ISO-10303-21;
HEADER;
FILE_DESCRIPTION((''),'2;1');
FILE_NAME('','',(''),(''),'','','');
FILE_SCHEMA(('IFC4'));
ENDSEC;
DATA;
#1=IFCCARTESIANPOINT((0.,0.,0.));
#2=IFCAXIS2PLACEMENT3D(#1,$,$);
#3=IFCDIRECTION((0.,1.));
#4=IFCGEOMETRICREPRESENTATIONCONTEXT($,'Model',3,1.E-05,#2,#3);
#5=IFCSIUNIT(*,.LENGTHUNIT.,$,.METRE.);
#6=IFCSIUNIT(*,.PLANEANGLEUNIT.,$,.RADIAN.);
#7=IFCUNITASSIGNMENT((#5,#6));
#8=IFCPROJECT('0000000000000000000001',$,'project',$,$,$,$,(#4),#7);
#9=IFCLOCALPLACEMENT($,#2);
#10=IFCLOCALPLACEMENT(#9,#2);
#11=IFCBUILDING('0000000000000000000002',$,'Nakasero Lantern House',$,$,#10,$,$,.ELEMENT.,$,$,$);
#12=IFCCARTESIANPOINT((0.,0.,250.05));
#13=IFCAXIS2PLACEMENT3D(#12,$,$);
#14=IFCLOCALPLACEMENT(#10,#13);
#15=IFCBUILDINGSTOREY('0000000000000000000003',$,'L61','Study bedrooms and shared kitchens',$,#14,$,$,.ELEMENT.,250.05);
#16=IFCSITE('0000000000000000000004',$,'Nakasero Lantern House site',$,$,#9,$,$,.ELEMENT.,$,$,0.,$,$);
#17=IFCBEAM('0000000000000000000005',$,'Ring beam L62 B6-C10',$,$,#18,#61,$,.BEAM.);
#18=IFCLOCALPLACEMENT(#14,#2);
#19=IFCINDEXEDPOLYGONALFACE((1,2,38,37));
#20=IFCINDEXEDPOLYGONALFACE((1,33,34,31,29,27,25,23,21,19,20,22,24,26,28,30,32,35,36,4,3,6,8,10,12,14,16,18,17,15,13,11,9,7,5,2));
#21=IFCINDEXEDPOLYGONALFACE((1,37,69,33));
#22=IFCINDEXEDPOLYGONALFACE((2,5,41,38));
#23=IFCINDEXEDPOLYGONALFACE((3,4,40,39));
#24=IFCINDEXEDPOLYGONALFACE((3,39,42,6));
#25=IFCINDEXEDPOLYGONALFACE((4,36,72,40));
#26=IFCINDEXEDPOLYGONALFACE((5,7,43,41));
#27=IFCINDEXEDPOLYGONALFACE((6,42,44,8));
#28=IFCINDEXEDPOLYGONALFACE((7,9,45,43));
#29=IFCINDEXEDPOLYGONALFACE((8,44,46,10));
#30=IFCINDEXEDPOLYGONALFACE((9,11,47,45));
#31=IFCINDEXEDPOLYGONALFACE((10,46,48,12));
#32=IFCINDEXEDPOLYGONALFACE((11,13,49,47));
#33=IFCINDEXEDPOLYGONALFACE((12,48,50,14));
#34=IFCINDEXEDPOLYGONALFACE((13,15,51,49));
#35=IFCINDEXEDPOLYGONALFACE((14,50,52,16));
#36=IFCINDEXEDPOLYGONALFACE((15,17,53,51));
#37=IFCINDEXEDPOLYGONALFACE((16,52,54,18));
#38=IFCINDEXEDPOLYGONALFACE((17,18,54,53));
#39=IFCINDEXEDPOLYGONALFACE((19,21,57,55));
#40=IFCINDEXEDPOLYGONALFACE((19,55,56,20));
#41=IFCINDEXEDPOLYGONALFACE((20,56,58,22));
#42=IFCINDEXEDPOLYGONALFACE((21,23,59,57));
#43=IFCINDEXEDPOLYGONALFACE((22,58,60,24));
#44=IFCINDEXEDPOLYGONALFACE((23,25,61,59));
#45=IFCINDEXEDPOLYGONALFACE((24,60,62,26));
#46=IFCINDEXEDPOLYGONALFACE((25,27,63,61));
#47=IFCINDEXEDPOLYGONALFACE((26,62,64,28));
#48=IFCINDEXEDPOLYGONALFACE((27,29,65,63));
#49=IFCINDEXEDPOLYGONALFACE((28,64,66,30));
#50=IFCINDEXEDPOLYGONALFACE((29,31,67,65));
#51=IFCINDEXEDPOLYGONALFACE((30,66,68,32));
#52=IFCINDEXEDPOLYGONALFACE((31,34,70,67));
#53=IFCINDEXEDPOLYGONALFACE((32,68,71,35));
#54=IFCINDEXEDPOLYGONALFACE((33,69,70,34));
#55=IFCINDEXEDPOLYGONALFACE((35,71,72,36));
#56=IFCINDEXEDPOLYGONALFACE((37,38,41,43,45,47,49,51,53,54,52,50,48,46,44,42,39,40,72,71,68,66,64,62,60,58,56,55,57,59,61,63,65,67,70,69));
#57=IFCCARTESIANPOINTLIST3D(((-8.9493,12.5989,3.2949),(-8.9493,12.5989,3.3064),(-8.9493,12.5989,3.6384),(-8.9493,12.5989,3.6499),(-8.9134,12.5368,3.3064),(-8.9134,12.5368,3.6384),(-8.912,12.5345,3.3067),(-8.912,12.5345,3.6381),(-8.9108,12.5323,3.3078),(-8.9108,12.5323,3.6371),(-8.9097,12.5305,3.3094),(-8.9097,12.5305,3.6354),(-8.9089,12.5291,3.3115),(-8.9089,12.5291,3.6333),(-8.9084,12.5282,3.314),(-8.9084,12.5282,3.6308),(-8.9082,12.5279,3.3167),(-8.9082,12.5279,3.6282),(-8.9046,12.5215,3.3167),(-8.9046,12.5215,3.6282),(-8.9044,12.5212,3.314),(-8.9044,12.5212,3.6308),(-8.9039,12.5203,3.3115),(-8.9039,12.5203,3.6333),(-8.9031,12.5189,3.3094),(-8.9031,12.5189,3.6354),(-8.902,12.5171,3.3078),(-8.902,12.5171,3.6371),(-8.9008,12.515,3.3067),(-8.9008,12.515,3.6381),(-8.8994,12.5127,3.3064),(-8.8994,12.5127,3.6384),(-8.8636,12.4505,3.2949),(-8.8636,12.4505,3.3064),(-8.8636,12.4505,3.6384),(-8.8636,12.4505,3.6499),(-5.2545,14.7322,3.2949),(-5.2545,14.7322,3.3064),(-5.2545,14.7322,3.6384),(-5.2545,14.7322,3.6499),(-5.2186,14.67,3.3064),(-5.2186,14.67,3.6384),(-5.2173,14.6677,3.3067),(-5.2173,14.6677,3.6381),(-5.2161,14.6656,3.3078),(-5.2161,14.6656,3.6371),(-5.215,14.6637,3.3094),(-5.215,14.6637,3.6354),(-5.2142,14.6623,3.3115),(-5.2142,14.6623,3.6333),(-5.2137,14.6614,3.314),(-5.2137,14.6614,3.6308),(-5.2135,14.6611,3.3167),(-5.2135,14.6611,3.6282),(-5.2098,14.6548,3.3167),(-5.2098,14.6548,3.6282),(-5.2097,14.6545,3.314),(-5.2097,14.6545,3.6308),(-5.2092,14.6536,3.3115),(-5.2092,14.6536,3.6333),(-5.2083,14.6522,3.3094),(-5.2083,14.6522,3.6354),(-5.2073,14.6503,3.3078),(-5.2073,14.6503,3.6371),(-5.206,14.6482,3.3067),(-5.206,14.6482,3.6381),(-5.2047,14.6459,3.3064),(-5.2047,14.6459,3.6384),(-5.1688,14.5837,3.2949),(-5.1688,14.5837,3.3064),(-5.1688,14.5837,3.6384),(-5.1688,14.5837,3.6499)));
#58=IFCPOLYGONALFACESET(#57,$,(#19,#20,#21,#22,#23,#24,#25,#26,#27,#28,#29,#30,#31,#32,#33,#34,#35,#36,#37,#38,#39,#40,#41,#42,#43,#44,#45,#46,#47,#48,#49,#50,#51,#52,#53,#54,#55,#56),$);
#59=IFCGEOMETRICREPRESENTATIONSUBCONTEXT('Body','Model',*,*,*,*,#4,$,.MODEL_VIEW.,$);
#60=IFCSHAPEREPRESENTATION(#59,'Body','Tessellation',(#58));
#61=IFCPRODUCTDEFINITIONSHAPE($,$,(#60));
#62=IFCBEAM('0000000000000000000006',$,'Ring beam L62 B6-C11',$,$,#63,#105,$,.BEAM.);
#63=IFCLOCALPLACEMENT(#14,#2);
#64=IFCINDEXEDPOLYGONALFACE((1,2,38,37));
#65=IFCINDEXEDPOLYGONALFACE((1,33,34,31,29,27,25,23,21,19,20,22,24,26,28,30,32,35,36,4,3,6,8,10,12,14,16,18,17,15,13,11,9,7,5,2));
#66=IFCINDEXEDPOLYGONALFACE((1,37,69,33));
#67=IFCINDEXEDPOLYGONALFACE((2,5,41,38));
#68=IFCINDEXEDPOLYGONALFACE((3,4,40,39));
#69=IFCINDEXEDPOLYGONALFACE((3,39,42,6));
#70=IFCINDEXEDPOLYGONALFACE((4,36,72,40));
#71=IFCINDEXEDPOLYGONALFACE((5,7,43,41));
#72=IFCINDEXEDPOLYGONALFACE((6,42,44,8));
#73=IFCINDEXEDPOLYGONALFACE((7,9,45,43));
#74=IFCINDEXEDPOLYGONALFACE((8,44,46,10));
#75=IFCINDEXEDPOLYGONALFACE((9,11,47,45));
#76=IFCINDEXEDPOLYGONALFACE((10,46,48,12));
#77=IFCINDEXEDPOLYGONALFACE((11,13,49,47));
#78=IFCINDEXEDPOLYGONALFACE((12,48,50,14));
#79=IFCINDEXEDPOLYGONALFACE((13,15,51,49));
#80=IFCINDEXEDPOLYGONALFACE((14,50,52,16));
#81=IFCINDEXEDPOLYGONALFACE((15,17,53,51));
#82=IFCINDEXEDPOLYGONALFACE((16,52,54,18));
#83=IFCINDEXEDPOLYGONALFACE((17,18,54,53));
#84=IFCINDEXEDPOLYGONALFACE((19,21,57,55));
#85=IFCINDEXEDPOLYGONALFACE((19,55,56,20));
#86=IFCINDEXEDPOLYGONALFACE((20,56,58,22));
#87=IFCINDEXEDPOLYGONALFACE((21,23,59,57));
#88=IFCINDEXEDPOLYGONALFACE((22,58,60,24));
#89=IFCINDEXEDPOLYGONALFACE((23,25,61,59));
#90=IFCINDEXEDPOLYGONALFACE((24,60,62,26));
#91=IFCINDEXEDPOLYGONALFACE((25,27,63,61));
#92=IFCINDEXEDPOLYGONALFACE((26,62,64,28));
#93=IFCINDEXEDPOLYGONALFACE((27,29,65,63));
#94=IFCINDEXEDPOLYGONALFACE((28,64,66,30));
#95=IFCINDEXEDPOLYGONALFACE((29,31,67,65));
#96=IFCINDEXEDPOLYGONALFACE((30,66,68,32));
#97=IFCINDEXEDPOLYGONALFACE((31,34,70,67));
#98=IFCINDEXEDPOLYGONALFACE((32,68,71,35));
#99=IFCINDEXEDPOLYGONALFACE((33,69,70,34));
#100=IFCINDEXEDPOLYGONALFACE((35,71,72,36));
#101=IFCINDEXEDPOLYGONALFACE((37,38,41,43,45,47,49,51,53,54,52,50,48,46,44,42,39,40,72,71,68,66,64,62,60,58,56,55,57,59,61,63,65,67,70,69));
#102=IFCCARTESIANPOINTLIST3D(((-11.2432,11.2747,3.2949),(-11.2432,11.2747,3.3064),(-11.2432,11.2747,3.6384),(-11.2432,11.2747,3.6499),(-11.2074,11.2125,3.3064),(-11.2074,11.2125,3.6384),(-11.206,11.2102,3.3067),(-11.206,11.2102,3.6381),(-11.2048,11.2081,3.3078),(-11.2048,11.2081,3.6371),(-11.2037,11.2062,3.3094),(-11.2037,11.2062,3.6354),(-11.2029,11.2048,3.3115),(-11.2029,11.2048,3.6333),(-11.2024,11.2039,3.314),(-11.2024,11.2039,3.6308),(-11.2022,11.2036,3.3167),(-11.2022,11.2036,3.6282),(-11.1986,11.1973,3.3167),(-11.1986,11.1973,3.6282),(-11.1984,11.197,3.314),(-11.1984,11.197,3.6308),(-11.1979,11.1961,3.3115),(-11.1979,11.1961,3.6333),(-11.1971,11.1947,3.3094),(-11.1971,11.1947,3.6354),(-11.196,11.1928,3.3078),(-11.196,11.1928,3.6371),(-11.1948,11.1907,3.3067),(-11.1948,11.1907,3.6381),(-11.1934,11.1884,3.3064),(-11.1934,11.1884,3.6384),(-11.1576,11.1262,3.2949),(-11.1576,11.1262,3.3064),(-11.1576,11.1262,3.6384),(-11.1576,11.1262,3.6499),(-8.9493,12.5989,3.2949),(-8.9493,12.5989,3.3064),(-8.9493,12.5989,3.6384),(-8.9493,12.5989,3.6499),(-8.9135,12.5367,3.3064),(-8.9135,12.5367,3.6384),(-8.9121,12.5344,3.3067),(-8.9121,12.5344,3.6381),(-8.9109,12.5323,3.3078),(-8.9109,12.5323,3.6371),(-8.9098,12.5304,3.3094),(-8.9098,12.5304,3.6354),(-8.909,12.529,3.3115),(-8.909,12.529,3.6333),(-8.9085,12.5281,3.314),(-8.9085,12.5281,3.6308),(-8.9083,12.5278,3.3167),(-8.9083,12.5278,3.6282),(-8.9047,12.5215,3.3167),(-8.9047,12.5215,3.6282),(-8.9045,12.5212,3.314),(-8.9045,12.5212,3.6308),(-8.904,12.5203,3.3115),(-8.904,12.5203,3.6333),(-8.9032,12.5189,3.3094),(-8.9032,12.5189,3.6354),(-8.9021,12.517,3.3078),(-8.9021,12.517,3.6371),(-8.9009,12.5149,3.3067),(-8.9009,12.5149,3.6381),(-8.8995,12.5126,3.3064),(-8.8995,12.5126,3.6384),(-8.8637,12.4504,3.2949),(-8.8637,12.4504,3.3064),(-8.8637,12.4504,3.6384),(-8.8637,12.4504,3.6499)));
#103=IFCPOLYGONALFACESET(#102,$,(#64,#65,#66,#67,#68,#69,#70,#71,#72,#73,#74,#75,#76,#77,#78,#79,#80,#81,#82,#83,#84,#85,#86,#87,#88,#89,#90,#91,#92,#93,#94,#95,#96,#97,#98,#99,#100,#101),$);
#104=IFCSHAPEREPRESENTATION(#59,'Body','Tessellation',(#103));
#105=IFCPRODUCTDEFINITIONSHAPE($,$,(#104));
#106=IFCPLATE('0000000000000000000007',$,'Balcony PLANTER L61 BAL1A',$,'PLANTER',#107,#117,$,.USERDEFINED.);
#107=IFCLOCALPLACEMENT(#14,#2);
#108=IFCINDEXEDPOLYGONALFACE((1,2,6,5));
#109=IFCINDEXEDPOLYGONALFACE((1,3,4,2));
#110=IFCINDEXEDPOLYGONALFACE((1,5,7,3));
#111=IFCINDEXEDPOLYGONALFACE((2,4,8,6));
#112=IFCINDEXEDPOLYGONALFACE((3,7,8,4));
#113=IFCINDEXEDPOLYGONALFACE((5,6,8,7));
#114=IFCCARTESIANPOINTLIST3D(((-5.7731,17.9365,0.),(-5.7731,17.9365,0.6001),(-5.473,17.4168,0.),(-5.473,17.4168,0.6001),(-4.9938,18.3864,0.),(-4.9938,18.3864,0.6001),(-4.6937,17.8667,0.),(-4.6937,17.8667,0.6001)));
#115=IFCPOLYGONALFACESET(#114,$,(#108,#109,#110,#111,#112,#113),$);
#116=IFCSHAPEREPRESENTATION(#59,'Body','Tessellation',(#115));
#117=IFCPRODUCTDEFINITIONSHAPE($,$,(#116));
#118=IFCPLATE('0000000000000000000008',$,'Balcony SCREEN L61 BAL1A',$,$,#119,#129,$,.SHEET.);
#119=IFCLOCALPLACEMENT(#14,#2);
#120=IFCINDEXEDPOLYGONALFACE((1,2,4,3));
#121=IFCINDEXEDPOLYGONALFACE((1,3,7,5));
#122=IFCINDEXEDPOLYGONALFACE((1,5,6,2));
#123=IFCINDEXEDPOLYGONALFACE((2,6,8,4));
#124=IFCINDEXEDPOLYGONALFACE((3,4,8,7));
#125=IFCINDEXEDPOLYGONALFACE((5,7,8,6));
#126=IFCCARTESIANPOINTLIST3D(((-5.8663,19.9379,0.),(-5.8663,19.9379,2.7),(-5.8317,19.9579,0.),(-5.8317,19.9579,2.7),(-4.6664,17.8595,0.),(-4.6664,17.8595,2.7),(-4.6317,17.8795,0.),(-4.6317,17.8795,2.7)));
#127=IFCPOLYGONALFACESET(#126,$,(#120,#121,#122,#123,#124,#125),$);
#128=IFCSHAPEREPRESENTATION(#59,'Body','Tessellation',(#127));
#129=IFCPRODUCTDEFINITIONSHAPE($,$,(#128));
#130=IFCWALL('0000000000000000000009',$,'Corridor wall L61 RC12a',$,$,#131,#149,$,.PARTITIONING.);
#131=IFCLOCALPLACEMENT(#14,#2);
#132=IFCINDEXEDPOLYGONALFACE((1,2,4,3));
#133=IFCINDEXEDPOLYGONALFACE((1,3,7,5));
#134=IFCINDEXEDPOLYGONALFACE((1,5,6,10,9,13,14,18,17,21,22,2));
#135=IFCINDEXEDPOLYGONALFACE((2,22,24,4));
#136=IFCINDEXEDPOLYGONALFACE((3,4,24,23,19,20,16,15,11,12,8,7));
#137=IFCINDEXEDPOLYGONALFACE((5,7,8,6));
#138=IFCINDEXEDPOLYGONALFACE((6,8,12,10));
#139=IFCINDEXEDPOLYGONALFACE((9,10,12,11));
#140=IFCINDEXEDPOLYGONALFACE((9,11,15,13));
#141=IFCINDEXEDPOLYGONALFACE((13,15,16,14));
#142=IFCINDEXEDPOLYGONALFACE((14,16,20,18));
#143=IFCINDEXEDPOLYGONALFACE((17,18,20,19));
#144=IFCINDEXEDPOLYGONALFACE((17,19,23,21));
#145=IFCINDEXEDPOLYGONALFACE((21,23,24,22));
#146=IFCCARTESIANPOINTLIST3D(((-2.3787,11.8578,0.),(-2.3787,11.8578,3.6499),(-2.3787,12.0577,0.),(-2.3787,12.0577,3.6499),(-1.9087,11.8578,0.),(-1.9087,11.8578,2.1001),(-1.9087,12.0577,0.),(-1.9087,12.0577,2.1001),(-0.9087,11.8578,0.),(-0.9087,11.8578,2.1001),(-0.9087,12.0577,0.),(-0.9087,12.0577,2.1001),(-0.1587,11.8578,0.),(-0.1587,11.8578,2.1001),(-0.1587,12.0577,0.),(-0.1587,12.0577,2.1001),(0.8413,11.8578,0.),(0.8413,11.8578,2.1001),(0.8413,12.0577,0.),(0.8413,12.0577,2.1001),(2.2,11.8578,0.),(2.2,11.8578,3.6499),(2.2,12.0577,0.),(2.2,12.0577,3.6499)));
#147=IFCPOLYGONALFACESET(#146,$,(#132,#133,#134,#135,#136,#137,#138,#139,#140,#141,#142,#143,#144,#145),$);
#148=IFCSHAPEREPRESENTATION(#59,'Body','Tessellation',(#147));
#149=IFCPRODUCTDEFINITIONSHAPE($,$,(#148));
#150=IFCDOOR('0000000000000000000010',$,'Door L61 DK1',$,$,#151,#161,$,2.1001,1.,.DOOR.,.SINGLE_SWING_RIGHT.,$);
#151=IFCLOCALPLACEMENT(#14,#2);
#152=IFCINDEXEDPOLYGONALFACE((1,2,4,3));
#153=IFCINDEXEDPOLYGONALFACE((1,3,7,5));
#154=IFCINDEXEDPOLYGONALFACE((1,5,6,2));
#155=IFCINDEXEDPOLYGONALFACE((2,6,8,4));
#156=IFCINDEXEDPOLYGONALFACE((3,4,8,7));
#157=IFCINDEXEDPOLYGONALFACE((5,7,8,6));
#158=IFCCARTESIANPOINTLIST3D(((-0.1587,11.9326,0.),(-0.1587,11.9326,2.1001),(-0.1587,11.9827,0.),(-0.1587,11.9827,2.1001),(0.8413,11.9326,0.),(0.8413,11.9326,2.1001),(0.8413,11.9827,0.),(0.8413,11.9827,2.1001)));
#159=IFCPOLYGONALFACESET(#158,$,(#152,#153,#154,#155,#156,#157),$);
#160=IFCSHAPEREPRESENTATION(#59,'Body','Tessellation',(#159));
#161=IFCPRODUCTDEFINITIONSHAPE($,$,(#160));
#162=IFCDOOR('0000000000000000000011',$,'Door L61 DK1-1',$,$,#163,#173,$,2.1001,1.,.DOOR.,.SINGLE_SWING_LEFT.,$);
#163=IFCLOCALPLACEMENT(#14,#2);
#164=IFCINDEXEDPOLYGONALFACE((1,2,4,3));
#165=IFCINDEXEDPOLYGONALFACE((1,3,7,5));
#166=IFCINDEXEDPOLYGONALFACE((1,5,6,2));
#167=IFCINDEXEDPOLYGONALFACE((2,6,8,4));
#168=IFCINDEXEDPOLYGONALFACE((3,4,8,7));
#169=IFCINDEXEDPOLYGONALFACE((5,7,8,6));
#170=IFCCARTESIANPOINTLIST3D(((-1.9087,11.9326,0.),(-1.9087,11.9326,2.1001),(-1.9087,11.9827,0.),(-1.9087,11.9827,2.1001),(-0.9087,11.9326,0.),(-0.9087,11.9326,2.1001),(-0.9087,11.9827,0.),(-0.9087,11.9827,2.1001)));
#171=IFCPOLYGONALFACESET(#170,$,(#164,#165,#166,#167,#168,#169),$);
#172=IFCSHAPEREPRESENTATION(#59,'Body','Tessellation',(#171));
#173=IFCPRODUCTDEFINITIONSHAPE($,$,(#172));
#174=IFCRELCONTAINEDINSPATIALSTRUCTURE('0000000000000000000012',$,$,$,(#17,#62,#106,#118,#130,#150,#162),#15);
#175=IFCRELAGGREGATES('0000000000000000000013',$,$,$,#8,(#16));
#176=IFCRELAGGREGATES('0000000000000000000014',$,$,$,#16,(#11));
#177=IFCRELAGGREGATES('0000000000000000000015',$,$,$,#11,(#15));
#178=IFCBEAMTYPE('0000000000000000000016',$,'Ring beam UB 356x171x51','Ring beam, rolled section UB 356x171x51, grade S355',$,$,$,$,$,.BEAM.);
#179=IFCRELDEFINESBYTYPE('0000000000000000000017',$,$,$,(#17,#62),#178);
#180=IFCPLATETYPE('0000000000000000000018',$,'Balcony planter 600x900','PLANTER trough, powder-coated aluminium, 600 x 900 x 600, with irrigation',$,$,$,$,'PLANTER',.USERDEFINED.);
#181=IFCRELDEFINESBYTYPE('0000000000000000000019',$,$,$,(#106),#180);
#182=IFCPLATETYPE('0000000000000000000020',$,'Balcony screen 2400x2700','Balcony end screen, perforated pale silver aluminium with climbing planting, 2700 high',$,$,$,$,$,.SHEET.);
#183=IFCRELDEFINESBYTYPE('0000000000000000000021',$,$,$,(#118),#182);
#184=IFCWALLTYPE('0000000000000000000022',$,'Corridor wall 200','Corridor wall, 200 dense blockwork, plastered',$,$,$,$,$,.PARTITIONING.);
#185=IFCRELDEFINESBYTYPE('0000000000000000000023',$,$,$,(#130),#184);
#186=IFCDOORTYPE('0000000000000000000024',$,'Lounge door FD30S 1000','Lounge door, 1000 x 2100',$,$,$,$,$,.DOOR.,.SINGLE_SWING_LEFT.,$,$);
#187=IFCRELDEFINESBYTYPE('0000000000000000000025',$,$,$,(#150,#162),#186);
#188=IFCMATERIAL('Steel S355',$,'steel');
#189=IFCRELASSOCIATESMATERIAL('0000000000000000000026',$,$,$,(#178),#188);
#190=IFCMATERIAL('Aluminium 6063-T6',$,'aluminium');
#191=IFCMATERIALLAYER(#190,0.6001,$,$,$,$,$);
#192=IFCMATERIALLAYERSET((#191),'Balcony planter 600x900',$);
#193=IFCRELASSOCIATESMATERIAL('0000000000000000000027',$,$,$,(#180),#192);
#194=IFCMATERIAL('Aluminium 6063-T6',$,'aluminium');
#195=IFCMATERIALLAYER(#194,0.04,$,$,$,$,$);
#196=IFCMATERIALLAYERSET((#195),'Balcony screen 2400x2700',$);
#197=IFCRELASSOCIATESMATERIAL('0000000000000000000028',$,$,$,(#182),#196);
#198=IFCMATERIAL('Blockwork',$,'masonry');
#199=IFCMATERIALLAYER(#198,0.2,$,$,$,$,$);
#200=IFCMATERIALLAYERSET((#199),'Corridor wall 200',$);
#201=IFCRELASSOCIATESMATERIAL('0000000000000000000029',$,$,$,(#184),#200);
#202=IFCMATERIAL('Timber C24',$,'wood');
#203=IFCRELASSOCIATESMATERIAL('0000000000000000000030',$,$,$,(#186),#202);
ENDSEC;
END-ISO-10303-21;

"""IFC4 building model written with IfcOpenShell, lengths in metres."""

from ifc_helpers import new_model, si_unit, direction, frame, frame_2d, origin, origin_2d, place, context, subcontext, project, spatial, rectangle, i_section, extrude, material, layer, layer_set, material_profile, profile_set, type_object, element, fill, save


model = new_model("IFC4")

# Units and contexts
model_context = context("Model", 3, precision=1e-05, world=origin(), true_north=direction((0.0, 1.0)))
body_context = subcontext(model_context, "Body", "Model", "MODEL_VIEW")
ifc_project = project(units=[si_unit("LENGTHUNIT", "METRE"), si_unit("PLANEANGLEUNIT", "RADIAN")], contexts=[model_context])

# Site, building, storey
site_placement = place(None, origin())
site = spatial("IfcSite", under=ifc_project, at=site_placement, Name="Nakasero Lantern House site", CompositionType="ELEMENT", RefElevation=0.0)
building_placement = place(site_placement, origin())
building = spatial("IfcBuilding", under=site, at=building_placement, Name="Nakasero Lantern House", CompositionType="ELEMENT")
storey_placement = place(building_placement, frame((0.0, 0.0, 250.05)))
storey = spatial("IfcBuildingStorey", under=building, at=storey_placement, Name="L61", Description="Study bedrooms and shared kitchens", CompositionType="ELEMENT", Elevation=250.05)

# Beams
ifc_material_1 = material(Name="Steel S355", Category="steel")
ifc_material_profile_1 = material_profile(ifc_material_1, i_section(OverallWidth=0.1714, OverallDepth=0.355, WebThickness=0.0073, FlangeThickness=0.0115, FilletRadius=0.0103, at=origin_2d()), Name="UB 356x171x51")
ifc_profile_set_1 = profile_set([ifc_material_profile_1], Name="Steel S355")
beam_type_1 = type_object("IfcBeamType", Name="Ring beam UB 356x171x51", Description="Ring beam, rolled section UB 356x171x51, grade S355", PredefinedType="BEAM", material=ifc_profile_set_1)
beam_1_placement = place(storey_placement, frame((-5.2117, 14.658, 3.4724), z_axis=(-0.866016, -0.500016, 0.0), x_axis=(0.500016, -0.866016, 0.0)))
element("IfcBeam", 1, at=beam_1_placement, inside=storey, type_object=beam_type_1, Name="Ring beam L62 B6-C10", PredefinedType="BEAM", context=body_context, shape_type="SweptSolid", body=[
    extrude(i_section(OverallWidth=0.1714, OverallDepth=0.355, WebThickness=0.0073, FlangeThickness=0.0115, FilletRadius=0.0103, at=origin_2d()), origin(), (0.0, 0.0, 1.0), 4.2664),
])
beam_2_placement = place(storey_placement, frame((-8.9065, 12.5247, 3.4724), z_axis=(-0.866057, -0.499946, 0.0), x_axis=(0.499946, -0.866057, 0.0)))
element("IfcBeam", 2, at=beam_2_placement, inside=storey, type_object=beam_type_1, Name="Ring beam L62 B6-C11", PredefinedType="BEAM", context=body_context, shape_type="SweptSolid", body=[
    extrude(i_section(OverallWidth=0.1714, OverallDepth=0.355, WebThickness=0.0073, FlangeThickness=0.0115, FilletRadius=0.0103, at=origin_2d()), origin(), (0.0, 0.0, 1.0), 2.6487),
])

# Plates
ifc_material_2 = material(Name="Aluminium 6063-T6", Category="aluminium")
ifc_layer_1 = layer(ifc_material_2, 0.6001)
ifc_layer_set_1 = layer_set([ifc_layer_1], Name="Balcony planter 600x900")
plate_type_1 = type_object("IfcPlateType", Name="Balcony planter 600x900", Description="PLANTER trough, powder-coated aluminium, 600 x 900 x 600, with irrigation", ElementType="PLANTER", PredefinedType="USERDEFINED", material=ifc_layer_set_1)
plate_1_placement = place(storey_placement, frame((-5.2334, 17.9016, 0.0), z_axis=(0.0, 0.0, 1.0), x_axis=(-0.5, 0.866025, 0.0)))
element("IfcPlate", 3, at=plate_1_placement, inside=storey, type_object=plate_type_1, Name="Balcony PLANTER L61 BAL1A", ObjectType="PLANTER", PredefinedType="USERDEFINED", context=body_context, shape_type="SweptSolid", body=[
    extrude(rectangle(XDim=0.6001, YDim=0.8999, at=origin_2d()), origin(), (0.0, 0.0, 1.0), 0.6001),
])
ifc_material_3 = material(Name="Aluminium 6063-T6", Category="aluminium")
ifc_layer_2 = layer(ifc_material_3, 0.04)
ifc_layer_set_2 = layer_set([ifc_layer_2], Name="Balcony screen 2400x2700")
plate_type_2 = type_object("IfcPlateType", Name="Balcony screen 2400x2700", Description="Balcony end screen, perforated pale silver aluminium with climbing planting, 2700 high", PredefinedType="SHEET", material=ifc_layer_set_2)
plate_2_placement = place(storey_placement, frame((-5.249, 18.9087, 0.0), z_axis=(0.0, 0.0, 1.0), x_axis=(-0.5, 0.866025, 0.0)))
element("IfcPlate", 4, at=plate_2_placement, inside=storey, type_object=plate_type_2, Name="Balcony SCREEN L61 BAL1A", PredefinedType="SHEET", context=body_context, shape_type="SweptSolid", body=[
    extrude(rectangle(XDim=2.3999, YDim=0.04, at=origin_2d()), origin(), (0.0, 0.0, 1.0), 2.7),
])

# Wall, openings, doors
ifc_material_4 = material(Name="Blockwork", Category="masonry")
ifc_layer_3 = layer(ifc_material_4, 0.2)
ifc_layer_set_3 = layer_set([ifc_layer_3], Name="Corridor wall 200")
wall_type_1 = type_object("IfcWallType", Name="Corridor wall 200", Description="Corridor wall, 200 dense blockwork, plastered", PredefinedType="PARTITIONING", material=ifc_layer_set_3)
wall_1_placement = place(storey_placement, frame((-2.3787, 11.9578, 0.0), z_axis=(0.0, 0.0, 1.0), x_axis=(1.0, 0.0, 0.0)))
wall_1 = element("IfcWall", 5, at=wall_1_placement, inside=storey, type_object=wall_type_1, Name="Corridor wall L61 RC12a", PredefinedType="PARTITIONING", context=body_context, shape_type="SweptSolid", body=[
    extrude(rectangle(XDim=4.5786, YDim=0.2, at=frame_2d((2.2893, 0.0))), origin(), (0.0, 0.0, 1.0), 3.6499),
])
opening_1_placement = place(wall_1_placement, frame((2.22, 0.0, 0.0)))
opening_1 = element("IfcOpeningElement", 6, at=opening_1_placement, cuts=wall_1, PredefinedType="OPENING", context=body_context, shape_type="SweptSolid", body=[
    extrude(rectangle(XDim=1.0, YDim=2.1001, at=frame_2d((0.5, 1.05))), frame((0.0, 0.1199, 0.0), z_axis=(0.0, -1.0, 0.0), x_axis=(1.0, 0.0, 0.0)), (0.0, 0.0, 1.0), 0.24),
])
opening_2_placement = place(wall_1_placement, frame((0.47, 0.0, 0.0)))
opening_2 = element("IfcOpeningElement", 7, at=opening_2_placement, cuts=wall_1, PredefinedType="OPENING", context=body_context, shape_type="SweptSolid", body=[
    extrude(rectangle(XDim=1.0, YDim=2.1001, at=frame_2d((0.5, 1.05))), frame((0.0, 0.1199, 0.0), z_axis=(0.0, -1.0, 0.0), x_axis=(1.0, 0.0, 0.0)), (0.0, 0.0, 1.0), 0.24),
])
ifc_material_5 = material(Name="Timber C24", Category="wood")
door_type = type_object("IfcDoorType", Name="Lounge door FD30S 1000", Description="Lounge door, 1000 x 2100", OperationType="SINGLE_SWING_LEFT", PredefinedType="DOOR", material=ifc_material_5)
door_1_placement = place(opening_1_placement, origin())
door_1 = element("IfcDoor", 8, at=door_1_placement, inside=storey, type_object=door_type, Name="Door L61 DK1", OperationType="SINGLE_SWING_RIGHT", OverallHeight=2.1001, OverallWidth=1.0, PredefinedType="DOOR", context=body_context, shape_type="SweptSolid", body=[
    extrude(rectangle(XDim=1.0, YDim=2.1001, at=frame_2d((0.5, 1.05))), frame((0.0, 0.0249, 0.0), z_axis=(0.0, -1.0, 0.0), x_axis=(1.0, 0.0, 0.0)), (0.0, 0.0, 1.0), 0.05),
])
fill(opening_1, door_1)
door_2_placement = place(opening_2_placement, origin())
door_2 = element("IfcDoor", 9, at=door_2_placement, inside=storey, type_object=door_type, Name="Door L61 DK1-1", OperationType="SINGLE_SWING_LEFT", OverallHeight=2.1001, OverallWidth=1.0, PredefinedType="DOOR", context=body_context, shape_type="SweptSolid", body=[
    extrude(rectangle(XDim=1.0, YDim=2.1001, at=frame_2d((0.5, 1.05))), frame((0.0, 0.0249, 0.0), z_axis=(0.0, -1.0, 0.0), x_axis=(1.0, 0.0, 0.0)), (0.0, 0.0, 1.0), 0.05),
])
fill(opening_2, door_2)

save(model, "model.ifc")
